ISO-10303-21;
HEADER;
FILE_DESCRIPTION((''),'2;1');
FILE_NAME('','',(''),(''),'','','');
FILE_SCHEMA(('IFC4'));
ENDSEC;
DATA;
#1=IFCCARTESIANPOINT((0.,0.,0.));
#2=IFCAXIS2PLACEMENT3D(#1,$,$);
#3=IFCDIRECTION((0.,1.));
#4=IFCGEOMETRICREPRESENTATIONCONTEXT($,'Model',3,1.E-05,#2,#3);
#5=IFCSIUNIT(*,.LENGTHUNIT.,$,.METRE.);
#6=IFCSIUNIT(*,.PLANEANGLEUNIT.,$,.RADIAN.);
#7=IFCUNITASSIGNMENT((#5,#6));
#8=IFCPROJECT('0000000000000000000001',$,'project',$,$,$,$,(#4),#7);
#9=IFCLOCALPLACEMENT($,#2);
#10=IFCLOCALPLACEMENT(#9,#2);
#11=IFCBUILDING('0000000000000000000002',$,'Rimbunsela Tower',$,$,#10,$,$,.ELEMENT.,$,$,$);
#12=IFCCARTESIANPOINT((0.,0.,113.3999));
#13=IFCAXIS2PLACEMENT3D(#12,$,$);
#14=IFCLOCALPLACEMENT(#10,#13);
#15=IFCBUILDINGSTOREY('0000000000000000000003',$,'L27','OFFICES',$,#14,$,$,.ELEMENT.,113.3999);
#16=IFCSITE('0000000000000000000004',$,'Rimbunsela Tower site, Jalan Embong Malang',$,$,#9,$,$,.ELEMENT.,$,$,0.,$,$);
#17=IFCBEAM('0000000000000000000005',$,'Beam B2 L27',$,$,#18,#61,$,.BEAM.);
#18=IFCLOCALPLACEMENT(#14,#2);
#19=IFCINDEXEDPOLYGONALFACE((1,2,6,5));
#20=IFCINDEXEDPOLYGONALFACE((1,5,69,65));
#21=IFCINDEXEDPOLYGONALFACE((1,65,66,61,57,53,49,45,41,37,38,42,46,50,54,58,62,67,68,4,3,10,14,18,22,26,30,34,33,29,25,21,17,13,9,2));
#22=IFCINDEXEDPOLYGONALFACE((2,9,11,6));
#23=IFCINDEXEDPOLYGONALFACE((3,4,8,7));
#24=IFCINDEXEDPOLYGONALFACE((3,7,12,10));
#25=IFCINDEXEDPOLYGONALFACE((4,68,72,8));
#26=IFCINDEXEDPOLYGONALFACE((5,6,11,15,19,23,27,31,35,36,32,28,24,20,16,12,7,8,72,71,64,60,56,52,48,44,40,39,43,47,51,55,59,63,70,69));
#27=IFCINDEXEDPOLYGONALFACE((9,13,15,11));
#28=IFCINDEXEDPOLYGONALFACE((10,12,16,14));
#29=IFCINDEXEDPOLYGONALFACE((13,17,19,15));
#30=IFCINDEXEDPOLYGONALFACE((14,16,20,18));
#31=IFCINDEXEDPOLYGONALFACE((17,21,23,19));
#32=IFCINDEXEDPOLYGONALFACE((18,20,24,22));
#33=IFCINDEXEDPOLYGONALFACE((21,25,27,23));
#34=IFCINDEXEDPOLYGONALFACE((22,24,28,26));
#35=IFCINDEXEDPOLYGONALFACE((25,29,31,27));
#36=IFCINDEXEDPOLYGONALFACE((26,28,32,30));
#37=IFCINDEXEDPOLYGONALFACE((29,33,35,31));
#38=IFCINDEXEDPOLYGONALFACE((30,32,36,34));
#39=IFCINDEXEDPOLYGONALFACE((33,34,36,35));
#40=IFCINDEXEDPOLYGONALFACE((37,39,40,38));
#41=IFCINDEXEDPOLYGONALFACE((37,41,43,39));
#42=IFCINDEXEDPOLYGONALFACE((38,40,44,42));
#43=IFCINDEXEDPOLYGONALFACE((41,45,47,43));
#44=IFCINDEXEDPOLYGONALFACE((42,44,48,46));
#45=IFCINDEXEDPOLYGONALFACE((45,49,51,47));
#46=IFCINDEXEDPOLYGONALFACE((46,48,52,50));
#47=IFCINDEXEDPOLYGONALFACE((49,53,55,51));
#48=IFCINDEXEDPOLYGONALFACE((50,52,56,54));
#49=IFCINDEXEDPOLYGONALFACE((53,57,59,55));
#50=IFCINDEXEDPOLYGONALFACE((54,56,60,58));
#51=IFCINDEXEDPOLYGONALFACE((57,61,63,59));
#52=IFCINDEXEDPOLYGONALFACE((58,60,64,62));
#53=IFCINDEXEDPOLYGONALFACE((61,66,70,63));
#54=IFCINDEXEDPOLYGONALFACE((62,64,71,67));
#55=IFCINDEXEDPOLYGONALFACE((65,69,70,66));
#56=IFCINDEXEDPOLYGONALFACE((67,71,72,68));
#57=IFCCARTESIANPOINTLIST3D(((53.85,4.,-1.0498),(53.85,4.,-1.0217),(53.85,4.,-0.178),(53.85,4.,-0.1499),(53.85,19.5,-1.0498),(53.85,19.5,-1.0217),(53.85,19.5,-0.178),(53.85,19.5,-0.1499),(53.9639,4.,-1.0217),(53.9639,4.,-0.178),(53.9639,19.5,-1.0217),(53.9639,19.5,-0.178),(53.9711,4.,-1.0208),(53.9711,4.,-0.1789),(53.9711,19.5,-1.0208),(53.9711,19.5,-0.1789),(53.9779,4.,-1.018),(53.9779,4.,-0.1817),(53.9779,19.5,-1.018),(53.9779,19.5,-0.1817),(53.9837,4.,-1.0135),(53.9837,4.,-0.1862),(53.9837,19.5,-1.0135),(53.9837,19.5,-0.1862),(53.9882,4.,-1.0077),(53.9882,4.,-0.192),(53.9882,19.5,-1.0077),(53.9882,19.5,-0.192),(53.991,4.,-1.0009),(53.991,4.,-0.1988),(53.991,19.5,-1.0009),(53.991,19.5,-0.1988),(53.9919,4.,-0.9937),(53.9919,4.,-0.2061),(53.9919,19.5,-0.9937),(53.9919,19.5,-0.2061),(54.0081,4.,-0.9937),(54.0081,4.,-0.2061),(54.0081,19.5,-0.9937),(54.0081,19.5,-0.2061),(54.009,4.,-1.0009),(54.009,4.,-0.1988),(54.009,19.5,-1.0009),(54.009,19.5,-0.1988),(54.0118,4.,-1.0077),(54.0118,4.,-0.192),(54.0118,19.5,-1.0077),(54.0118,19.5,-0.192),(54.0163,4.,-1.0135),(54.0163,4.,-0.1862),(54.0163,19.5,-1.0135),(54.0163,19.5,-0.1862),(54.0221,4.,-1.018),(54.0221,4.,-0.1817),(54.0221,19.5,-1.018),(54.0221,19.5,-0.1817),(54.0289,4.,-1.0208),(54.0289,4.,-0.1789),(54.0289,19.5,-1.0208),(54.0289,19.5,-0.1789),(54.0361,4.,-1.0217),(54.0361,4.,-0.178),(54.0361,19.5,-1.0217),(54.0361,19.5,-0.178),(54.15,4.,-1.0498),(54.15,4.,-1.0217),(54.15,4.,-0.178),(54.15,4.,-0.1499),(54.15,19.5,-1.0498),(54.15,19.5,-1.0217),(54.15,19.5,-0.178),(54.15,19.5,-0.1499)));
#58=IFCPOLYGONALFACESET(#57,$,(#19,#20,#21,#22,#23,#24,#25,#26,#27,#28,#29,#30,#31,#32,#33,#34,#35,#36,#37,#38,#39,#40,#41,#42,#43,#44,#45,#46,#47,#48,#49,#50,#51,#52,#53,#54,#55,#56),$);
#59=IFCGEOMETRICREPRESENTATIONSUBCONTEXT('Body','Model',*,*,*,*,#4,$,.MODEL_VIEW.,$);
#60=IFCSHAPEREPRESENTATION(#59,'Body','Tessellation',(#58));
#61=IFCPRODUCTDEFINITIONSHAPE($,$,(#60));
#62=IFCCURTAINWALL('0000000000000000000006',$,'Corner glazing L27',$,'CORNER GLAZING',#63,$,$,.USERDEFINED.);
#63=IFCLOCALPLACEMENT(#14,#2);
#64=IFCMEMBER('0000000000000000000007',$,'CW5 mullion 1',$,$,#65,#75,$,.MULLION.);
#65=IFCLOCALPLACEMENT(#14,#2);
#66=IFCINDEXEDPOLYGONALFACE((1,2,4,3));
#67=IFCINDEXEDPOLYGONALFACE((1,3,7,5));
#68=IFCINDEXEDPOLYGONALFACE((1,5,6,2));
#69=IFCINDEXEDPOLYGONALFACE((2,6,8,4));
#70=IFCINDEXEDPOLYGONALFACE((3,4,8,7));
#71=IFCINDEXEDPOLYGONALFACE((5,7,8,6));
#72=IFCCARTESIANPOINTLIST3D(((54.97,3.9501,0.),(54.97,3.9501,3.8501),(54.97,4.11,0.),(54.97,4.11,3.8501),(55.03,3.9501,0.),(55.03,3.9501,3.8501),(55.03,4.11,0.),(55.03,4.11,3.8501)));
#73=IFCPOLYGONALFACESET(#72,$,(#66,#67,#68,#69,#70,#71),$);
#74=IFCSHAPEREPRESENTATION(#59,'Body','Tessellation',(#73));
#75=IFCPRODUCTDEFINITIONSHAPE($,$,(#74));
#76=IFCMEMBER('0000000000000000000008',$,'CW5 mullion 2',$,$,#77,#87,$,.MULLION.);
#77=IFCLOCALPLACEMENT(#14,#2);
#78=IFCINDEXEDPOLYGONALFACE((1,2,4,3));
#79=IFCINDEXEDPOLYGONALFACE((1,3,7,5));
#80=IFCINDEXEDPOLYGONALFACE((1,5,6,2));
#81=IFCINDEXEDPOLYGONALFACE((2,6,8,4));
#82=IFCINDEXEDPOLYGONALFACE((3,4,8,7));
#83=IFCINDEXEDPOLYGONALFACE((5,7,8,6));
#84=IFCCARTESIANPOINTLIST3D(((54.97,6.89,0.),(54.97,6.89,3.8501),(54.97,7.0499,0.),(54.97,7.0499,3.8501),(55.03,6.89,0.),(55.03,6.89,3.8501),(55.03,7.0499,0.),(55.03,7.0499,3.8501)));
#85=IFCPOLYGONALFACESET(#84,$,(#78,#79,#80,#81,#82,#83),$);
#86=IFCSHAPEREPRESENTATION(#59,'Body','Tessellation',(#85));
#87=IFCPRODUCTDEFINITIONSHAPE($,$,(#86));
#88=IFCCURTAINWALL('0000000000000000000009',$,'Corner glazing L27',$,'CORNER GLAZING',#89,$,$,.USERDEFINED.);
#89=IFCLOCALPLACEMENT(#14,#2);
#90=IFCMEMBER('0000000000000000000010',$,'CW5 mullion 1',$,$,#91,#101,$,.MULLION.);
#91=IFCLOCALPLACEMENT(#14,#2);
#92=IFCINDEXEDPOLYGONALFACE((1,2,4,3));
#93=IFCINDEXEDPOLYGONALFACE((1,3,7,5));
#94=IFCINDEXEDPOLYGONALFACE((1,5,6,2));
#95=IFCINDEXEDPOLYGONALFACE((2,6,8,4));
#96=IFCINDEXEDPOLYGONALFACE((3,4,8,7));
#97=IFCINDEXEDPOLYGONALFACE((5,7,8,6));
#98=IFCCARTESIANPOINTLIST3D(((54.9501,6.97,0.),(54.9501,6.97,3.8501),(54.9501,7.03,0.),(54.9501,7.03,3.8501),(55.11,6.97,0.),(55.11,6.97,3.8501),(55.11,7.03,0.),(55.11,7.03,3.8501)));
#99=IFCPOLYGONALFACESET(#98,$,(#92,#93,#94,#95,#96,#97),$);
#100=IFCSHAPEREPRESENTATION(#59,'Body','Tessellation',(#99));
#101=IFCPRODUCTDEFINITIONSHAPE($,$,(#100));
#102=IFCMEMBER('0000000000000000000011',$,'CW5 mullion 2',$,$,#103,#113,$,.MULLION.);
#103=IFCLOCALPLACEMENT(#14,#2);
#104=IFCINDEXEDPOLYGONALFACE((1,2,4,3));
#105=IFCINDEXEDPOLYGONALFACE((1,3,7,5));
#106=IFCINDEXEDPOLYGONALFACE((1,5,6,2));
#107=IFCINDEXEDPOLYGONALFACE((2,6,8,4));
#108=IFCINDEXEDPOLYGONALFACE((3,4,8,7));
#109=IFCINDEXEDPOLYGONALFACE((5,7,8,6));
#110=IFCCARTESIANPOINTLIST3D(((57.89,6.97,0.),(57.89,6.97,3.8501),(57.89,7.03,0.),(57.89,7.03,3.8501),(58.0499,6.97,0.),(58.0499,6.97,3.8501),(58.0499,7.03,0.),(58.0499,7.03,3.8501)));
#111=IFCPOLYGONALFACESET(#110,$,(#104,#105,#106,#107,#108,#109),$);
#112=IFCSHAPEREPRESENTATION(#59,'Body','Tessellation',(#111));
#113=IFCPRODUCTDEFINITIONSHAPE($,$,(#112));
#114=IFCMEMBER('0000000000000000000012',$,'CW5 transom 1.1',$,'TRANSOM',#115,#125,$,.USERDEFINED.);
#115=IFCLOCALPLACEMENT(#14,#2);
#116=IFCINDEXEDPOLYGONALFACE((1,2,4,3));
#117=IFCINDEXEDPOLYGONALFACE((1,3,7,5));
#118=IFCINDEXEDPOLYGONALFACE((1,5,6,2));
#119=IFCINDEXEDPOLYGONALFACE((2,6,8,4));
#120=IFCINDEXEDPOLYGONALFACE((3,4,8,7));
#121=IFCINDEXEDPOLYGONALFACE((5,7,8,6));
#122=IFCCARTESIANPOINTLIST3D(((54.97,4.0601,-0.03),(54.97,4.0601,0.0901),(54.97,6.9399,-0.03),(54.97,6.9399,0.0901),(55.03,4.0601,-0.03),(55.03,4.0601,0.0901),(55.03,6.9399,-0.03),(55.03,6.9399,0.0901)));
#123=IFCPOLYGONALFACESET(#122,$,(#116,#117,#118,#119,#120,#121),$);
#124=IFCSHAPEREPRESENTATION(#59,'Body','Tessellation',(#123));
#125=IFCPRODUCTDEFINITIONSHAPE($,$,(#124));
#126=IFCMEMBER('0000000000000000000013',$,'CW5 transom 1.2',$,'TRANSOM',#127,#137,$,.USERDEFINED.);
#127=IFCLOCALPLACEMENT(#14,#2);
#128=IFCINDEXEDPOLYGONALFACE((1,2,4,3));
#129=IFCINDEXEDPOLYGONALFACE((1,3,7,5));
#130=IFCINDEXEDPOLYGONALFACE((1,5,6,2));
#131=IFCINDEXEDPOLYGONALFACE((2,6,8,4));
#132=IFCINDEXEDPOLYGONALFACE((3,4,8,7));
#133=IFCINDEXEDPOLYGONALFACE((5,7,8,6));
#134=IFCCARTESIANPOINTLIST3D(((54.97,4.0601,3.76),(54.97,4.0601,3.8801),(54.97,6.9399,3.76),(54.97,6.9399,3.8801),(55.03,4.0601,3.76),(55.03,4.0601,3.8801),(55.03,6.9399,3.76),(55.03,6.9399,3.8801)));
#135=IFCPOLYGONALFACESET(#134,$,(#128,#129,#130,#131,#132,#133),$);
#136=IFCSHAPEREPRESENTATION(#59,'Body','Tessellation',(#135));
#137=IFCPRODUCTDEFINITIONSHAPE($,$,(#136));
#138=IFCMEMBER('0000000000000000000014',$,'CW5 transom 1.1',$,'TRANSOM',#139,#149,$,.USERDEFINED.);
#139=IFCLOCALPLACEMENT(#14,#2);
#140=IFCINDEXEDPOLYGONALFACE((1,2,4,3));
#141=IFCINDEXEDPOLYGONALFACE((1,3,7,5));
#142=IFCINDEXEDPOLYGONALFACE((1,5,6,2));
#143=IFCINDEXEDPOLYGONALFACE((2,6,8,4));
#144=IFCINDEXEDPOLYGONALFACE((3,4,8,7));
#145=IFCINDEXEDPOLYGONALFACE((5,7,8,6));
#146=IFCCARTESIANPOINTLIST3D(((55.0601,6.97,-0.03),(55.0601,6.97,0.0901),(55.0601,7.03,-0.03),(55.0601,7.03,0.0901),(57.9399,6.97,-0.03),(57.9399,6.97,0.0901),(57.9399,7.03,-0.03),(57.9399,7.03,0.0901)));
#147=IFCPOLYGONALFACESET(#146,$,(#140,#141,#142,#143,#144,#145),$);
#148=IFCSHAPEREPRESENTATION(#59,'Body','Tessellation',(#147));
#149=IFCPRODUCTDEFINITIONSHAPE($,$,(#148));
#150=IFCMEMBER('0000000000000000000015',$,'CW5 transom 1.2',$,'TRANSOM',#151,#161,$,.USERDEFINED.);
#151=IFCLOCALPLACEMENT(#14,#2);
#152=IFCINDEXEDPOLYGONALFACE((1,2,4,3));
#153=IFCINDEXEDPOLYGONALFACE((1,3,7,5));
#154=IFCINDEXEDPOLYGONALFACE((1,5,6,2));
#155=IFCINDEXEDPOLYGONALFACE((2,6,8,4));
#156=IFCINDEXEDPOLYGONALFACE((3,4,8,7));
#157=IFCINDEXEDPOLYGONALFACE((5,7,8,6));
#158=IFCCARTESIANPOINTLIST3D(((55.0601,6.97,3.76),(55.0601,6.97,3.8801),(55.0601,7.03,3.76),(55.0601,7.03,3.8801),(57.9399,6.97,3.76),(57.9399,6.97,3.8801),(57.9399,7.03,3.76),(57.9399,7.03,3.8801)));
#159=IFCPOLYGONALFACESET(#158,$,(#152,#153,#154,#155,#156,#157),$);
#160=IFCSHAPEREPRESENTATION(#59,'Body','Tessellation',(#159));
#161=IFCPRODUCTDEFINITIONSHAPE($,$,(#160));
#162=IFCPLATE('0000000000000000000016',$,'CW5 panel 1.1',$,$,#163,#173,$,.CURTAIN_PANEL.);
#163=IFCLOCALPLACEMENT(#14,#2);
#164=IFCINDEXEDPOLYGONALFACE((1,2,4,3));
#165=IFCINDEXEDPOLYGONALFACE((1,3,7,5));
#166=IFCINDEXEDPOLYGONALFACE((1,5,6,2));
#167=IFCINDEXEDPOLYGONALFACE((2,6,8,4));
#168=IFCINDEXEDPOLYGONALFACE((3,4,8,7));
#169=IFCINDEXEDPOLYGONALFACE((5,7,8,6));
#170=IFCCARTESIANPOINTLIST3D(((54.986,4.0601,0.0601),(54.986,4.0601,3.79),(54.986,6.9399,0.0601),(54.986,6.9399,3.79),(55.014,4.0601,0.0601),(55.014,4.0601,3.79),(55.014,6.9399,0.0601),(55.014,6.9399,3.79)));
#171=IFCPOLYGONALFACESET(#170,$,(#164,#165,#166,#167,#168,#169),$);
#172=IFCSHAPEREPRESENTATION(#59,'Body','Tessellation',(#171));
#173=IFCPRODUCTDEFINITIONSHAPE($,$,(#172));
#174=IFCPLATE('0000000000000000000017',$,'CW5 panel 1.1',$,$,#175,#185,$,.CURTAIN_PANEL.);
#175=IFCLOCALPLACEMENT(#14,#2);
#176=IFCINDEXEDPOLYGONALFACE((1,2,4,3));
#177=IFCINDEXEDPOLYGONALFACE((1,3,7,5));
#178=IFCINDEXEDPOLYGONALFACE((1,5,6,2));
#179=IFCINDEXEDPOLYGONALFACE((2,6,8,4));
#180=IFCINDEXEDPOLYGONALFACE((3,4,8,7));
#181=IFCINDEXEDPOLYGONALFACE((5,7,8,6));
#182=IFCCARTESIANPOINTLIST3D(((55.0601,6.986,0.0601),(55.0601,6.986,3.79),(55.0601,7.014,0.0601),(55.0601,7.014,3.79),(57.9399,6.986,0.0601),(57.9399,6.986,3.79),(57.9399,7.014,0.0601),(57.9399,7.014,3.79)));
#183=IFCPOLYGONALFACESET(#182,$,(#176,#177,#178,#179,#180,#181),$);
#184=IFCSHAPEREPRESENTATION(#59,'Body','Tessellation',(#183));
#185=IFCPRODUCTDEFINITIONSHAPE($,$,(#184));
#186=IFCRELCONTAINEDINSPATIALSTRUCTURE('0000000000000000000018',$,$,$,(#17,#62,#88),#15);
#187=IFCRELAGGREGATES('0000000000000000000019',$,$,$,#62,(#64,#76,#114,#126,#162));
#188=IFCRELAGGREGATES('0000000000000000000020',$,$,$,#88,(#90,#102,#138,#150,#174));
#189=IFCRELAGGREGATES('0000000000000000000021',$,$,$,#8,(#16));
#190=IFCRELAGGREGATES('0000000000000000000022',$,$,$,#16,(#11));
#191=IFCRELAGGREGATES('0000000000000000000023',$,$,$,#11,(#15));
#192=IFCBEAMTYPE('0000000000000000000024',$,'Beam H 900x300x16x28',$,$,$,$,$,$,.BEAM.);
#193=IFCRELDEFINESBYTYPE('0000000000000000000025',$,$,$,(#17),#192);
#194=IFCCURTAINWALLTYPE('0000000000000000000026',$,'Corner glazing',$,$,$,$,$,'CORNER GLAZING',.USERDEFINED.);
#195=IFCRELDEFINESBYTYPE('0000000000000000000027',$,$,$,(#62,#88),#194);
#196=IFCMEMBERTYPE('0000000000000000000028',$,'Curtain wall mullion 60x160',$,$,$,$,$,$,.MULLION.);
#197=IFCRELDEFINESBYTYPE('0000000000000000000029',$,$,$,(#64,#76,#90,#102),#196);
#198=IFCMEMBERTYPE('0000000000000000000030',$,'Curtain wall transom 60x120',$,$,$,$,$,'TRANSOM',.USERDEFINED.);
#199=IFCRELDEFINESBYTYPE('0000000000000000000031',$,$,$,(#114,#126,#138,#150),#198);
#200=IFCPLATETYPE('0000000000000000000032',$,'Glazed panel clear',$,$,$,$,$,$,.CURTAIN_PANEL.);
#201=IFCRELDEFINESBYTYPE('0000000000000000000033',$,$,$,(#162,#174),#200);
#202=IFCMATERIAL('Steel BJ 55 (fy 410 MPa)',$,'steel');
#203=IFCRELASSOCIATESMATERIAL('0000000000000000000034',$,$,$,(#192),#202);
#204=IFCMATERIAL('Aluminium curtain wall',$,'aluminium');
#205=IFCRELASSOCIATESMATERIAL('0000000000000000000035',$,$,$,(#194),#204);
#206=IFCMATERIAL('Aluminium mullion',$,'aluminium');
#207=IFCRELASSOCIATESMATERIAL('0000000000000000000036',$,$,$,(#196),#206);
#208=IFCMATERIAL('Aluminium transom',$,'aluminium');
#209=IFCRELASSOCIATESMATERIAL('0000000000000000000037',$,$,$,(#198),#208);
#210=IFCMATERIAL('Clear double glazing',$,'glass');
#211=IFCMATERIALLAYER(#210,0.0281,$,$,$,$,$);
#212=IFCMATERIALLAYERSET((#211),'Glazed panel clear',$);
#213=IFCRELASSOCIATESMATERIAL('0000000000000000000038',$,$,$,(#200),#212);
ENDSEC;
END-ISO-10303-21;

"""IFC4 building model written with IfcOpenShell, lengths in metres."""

from ifc_helpers import new_model, si_unit, direction, frame, origin, origin_2d, place, context, subcontext, project, spatial, rectangle, i_section, extrude, material, layer, layer_set, material_profile, profile_set, type_object, element, aggregate, save


model = new_model("IFC4")

# Units and contexts
model_context = context("Model", 3, precision=1e-05, world=origin(), true_north=direction((0.0, 1.0)))
body_context = subcontext(model_context, "Body", "Model", "MODEL_VIEW")
ifc_project = project(units=[si_unit("LENGTHUNIT", "METRE"), si_unit("PLANEANGLEUNIT", "RADIAN")], contexts=[model_context])

# Site, building, storey
site_placement = place(None, origin())
site = spatial("IfcSite", under=ifc_project, at=site_placement, Name="Rimbunsela Tower site, Jalan Embong Malang", CompositionType="ELEMENT", RefElevation=0.0)
building_placement = place(site_placement, origin())
building = spatial("IfcBuilding", under=site, at=building_placement, Name="Rimbunsela Tower", CompositionType="ELEMENT")
storey_placement = place(building_placement, frame((0.0, 0.0, 113.3999)))
storey = spatial("IfcBuildingStorey", under=building, at=storey_placement, Name="L27", Description="OFFICES", CompositionType="ELEMENT", Elevation=113.3999)

# Beam
ifc_material_1 = material(Name="Steel BJ 55 (fy 410 MPa)", Category="steel")
ifc_material_profile_1 = material_profile(ifc_material_1, i_section(OverallWidth=0.3, OverallDepth=0.8999, WebThickness=0.0161, FlangeThickness=0.0281, FilletRadius=0.0281, at=origin_2d()), Name="H 900x300x16x28")
ifc_profile_set_1 = profile_set([ifc_material_profile_1], Name="Steel BJ 55 (fy 410 MPa)")
beam_type_1 = type_object("IfcBeamType", Name="Beam H 900x300x16x28", PredefinedType="BEAM", material=ifc_profile_set_1)
for number, where, z_axis, x_axis, name in (
    (1, (54.0, 4.0, -0.5999), (0.0, 1.0, 0.0), (-1.0, 0.0, 0.0), "Beam B2 L27"),
):
    element("IfcBeam", number, at=place(storey_placement, frame(where, z_axis=z_axis, x_axis=x_axis)), inside=storey, type_object=beam_type_1, Name=name, PredefinedType="BEAM", context=body_context, shape_type="SweptSolid", body=[
        extrude(i_section(OverallWidth=0.3, OverallDepth=0.8999, WebThickness=0.0161, FlangeThickness=0.0281, FilletRadius=0.0281, at=origin_2d()), origin(), (0.0, 0.0, 1.0), 15.5),
    ])

# Curtain walls, members
ifc_material_2 = material(Name="Aluminium curtain wall", Category="aluminium")
curtain_wall_type = type_object("IfcCurtainWallType", Name="Corner glazing", ElementType="CORNER GLAZING", PredefinedType="USERDEFINED", material=ifc_material_2)
curtain_wall_1_placement = place(storey_placement, origin())
curtain_wall_1 = element("IfcCurtainWall", 2, at=curtain_wall_1_placement, inside=storey, type_object=curtain_wall_type, Name="Corner glazing L27", ObjectType="CORNER GLAZING", PredefinedType="USERDEFINED")
ifc_material_3 = material(Name="Aluminium mullion", Category="aluminium")
ifc_material_profile_2 = material_profile(ifc_material_3, rectangle(XDim=0.0601, YDim=0.1599, at=origin_2d()), Name="Mullion 60x160")
ifc_profile_set_2 = profile_set([ifc_material_profile_2], Name="Aluminium mullion")
member_type_1 = type_object("IfcMemberType", Name="Curtain wall mullion 60x160", PredefinedType="MULLION", material=ifc_profile_set_2)
member_1_placement = place(storey_placement, frame((55.0, 4.03, 0.0), z_axis=(0.0, 0.0, 1.0), x_axis=(-1.0, 0.0, 0.0)))
member_1 = element("IfcMember", 3, at=member_1_placement, type_object=member_type_1, Name="CW5 mullion 1", PredefinedType="MULLION", context=body_context, shape_type="SweptSolid", body=[
    extrude(rectangle(XDim=0.0601, YDim=0.1599, at=origin_2d()), origin(), (0.0, 0.0, 1.0), 3.8501),
])
member_2_placement = place(storey_placement, frame((55.0, 6.97, 0.0), z_axis=(0.0, 0.0, 1.0), x_axis=(-1.0, 0.0, 0.0)))
member_2 = element("IfcMember", 4, at=member_2_placement, type_object=member_type_1, Name="CW5 mullion 2", PredefinedType="MULLION", context=body_context, shape_type="SweptSolid", body=[
    extrude(rectangle(XDim=0.0601, YDim=0.1599, at=origin_2d()), origin(), (0.0, 0.0, 1.0), 3.8501),
])
curtain_wall_2_placement = place(storey_placement, origin())
curtain_wall_2 = element("IfcCurtainWall", 5, at=curtain_wall_2_placement, inside=storey, type_object=curtain_wall_type, Name="Corner glazing L27", ObjectType="CORNER GLAZING", PredefinedType="USERDEFINED")
member_3_placement = place(storey_placement, frame((55.03, 7.0, 0.0), z_axis=(0.0, 0.0, 1.0), x_axis=(0.0, 1.0, 0.0)))
member_3 = element("IfcMember", 6, at=member_3_placement, type_object=member_type_1, Name="CW5 mullion 1", PredefinedType="MULLION", context=body_context, shape_type="SweptSolid", body=[
    extrude(rectangle(XDim=0.0601, YDim=0.1599, at=origin_2d()), origin(), (0.0, 0.0, 1.0), 3.8501),
])
member_4_placement = place(storey_placement, frame((57.97, 7.0, 0.0), z_axis=(0.0, 0.0, 1.0), x_axis=(0.0, 1.0, 0.0)))
member_4 = element("IfcMember", 7, at=member_4_placement, type_object=member_type_1, Name="CW5 mullion 2", PredefinedType="MULLION", context=body_context, shape_type="SweptSolid", body=[
    extrude(rectangle(XDim=0.0601, YDim=0.1599, at=origin_2d()), origin(), (0.0, 0.0, 1.0), 3.8501),
])

# Members
ifc_material_4 = material(Name="Aluminium transom", Category="aluminium")
ifc_material_profile_3 = material_profile(ifc_material_4, rectangle(XDim=0.0601, YDim=0.1201, at=origin_2d()), Name="Transom 60x120")
ifc_profile_set_3 = profile_set([ifc_material_profile_3], Name="Aluminium transom")
member_type_2 = type_object("IfcMemberType", Name="Curtain wall transom 60x120", ElementType="TRANSOM", PredefinedType="USERDEFINED", material=ifc_profile_set_3)
member_5_placement = place(storey_placement, frame((55.0, 4.0601, 0.03), z_axis=(0.0, 1.0, 0.0), x_axis=(-1.0, 0.0, 0.0)))
member_5 = element("IfcMember", 8, at=member_5_placement, type_object=member_type_2, Name="CW5 transom 1.1", ObjectType="TRANSOM", PredefinedType="USERDEFINED", context=body_context, shape_type="SweptSolid", body=[
    extrude(rectangle(XDim=0.0601, YDim=0.1201, at=origin_2d()), origin(), (0.0, 0.0, 1.0), 2.8799),
])
member_6_placement = place(storey_placement, frame((55.0, 4.0601, 3.8201), z_axis=(0.0, 1.0, 0.0), x_axis=(-1.0, 0.0, 0.0)))
member_6 = element("IfcMember", 9, at=member_6_placement, type_object=member_type_2, Name="CW5 transom 1.2", ObjectType="TRANSOM", PredefinedType="USERDEFINED", context=body_context, shape_type="SweptSolid", body=[
    extrude(rectangle(XDim=0.0601, YDim=0.1201, at=origin_2d()), origin(), (0.0, 0.0, 1.0), 2.8799),
])
member_7_placement = place(storey_placement, frame((55.0601, 7.0, 0.03), z_axis=(1.0, 0.0, 0.0), x_axis=(0.0, 1.0, 0.0)))
member_7 = element("IfcMember", 10, at=member_7_placement, type_object=member_type_2, Name="CW5 transom 1.1", ObjectType="TRANSOM", PredefinedType="USERDEFINED", context=body_context, shape_type="SweptSolid", body=[
    extrude(rectangle(XDim=0.0601, YDim=0.1201, at=origin_2d()), origin(), (0.0, 0.0, 1.0), 2.8799),
])
member_8_placement = place(storey_placement, frame((55.0601, 7.0, 3.8201), z_axis=(1.0, 0.0, 0.0), x_axis=(0.0, 1.0, 0.0)))
member_8 = element("IfcMember", 11, at=member_8_placement, type_object=member_type_2, Name="CW5 transom 1.2", ObjectType="TRANSOM", PredefinedType="USERDEFINED", context=body_context, shape_type="SweptSolid", body=[
    extrude(rectangle(XDim=0.0601, YDim=0.1201, at=origin_2d()), origin(), (0.0, 0.0, 1.0), 2.8799),
])

# Plates
ifc_material_5 = material(Name="Clear double glazing", Category="glass")
ifc_layer_1 = layer(ifc_material_5, 0.0281)
ifc_layer_set_1 = layer_set([ifc_layer_1], Name="Glazed panel clear")
plate_type = type_object("IfcPlateType", Name="Glazed panel clear", PredefinedType="CURTAIN_PANEL", material=ifc_layer_set_1)
plate_1_placement = place(storey_placement, frame((55.0, 5.5, 0.0601), z_axis=(0.0, 0.0, 1.0), x_axis=(0.0, 1.0, 0.0)))
plate_1 = element("IfcPlate", 12, at=plate_1_placement, type_object=plate_type, Name="CW5 panel 1.1", PredefinedType="CURTAIN_PANEL", context=body_context, shape_type="SweptSolid", body=[
    extrude(rectangle(XDim=2.8799, YDim=0.0281, at=origin_2d()), origin(), (0.0, 0.0, 1.0), 3.73),
])
aggregate(curtain_wall_1, [member_1, member_2, member_5, member_6, plate_1])
plate_2_placement = place(storey_placement, frame((56.5, 7.0, 0.0601), z_axis=(0.0, 0.0, 1.0), x_axis=(1.0, 0.0, 0.0)))
plate_2 = element("IfcPlate", 13, at=plate_2_placement, type_object=plate_type, Name="CW5 panel 1.1", PredefinedType="CURTAIN_PANEL", context=body_context, shape_type="SweptSolid", body=[
    extrude(rectangle(XDim=2.8799, YDim=0.0281, at=origin_2d()), origin(), (0.0, 0.0, 1.0), 3.73),
])
aggregate(curtain_wall_2, [member_3, member_4, member_7, member_8, plate_2])

save(model, "model.ifc")
